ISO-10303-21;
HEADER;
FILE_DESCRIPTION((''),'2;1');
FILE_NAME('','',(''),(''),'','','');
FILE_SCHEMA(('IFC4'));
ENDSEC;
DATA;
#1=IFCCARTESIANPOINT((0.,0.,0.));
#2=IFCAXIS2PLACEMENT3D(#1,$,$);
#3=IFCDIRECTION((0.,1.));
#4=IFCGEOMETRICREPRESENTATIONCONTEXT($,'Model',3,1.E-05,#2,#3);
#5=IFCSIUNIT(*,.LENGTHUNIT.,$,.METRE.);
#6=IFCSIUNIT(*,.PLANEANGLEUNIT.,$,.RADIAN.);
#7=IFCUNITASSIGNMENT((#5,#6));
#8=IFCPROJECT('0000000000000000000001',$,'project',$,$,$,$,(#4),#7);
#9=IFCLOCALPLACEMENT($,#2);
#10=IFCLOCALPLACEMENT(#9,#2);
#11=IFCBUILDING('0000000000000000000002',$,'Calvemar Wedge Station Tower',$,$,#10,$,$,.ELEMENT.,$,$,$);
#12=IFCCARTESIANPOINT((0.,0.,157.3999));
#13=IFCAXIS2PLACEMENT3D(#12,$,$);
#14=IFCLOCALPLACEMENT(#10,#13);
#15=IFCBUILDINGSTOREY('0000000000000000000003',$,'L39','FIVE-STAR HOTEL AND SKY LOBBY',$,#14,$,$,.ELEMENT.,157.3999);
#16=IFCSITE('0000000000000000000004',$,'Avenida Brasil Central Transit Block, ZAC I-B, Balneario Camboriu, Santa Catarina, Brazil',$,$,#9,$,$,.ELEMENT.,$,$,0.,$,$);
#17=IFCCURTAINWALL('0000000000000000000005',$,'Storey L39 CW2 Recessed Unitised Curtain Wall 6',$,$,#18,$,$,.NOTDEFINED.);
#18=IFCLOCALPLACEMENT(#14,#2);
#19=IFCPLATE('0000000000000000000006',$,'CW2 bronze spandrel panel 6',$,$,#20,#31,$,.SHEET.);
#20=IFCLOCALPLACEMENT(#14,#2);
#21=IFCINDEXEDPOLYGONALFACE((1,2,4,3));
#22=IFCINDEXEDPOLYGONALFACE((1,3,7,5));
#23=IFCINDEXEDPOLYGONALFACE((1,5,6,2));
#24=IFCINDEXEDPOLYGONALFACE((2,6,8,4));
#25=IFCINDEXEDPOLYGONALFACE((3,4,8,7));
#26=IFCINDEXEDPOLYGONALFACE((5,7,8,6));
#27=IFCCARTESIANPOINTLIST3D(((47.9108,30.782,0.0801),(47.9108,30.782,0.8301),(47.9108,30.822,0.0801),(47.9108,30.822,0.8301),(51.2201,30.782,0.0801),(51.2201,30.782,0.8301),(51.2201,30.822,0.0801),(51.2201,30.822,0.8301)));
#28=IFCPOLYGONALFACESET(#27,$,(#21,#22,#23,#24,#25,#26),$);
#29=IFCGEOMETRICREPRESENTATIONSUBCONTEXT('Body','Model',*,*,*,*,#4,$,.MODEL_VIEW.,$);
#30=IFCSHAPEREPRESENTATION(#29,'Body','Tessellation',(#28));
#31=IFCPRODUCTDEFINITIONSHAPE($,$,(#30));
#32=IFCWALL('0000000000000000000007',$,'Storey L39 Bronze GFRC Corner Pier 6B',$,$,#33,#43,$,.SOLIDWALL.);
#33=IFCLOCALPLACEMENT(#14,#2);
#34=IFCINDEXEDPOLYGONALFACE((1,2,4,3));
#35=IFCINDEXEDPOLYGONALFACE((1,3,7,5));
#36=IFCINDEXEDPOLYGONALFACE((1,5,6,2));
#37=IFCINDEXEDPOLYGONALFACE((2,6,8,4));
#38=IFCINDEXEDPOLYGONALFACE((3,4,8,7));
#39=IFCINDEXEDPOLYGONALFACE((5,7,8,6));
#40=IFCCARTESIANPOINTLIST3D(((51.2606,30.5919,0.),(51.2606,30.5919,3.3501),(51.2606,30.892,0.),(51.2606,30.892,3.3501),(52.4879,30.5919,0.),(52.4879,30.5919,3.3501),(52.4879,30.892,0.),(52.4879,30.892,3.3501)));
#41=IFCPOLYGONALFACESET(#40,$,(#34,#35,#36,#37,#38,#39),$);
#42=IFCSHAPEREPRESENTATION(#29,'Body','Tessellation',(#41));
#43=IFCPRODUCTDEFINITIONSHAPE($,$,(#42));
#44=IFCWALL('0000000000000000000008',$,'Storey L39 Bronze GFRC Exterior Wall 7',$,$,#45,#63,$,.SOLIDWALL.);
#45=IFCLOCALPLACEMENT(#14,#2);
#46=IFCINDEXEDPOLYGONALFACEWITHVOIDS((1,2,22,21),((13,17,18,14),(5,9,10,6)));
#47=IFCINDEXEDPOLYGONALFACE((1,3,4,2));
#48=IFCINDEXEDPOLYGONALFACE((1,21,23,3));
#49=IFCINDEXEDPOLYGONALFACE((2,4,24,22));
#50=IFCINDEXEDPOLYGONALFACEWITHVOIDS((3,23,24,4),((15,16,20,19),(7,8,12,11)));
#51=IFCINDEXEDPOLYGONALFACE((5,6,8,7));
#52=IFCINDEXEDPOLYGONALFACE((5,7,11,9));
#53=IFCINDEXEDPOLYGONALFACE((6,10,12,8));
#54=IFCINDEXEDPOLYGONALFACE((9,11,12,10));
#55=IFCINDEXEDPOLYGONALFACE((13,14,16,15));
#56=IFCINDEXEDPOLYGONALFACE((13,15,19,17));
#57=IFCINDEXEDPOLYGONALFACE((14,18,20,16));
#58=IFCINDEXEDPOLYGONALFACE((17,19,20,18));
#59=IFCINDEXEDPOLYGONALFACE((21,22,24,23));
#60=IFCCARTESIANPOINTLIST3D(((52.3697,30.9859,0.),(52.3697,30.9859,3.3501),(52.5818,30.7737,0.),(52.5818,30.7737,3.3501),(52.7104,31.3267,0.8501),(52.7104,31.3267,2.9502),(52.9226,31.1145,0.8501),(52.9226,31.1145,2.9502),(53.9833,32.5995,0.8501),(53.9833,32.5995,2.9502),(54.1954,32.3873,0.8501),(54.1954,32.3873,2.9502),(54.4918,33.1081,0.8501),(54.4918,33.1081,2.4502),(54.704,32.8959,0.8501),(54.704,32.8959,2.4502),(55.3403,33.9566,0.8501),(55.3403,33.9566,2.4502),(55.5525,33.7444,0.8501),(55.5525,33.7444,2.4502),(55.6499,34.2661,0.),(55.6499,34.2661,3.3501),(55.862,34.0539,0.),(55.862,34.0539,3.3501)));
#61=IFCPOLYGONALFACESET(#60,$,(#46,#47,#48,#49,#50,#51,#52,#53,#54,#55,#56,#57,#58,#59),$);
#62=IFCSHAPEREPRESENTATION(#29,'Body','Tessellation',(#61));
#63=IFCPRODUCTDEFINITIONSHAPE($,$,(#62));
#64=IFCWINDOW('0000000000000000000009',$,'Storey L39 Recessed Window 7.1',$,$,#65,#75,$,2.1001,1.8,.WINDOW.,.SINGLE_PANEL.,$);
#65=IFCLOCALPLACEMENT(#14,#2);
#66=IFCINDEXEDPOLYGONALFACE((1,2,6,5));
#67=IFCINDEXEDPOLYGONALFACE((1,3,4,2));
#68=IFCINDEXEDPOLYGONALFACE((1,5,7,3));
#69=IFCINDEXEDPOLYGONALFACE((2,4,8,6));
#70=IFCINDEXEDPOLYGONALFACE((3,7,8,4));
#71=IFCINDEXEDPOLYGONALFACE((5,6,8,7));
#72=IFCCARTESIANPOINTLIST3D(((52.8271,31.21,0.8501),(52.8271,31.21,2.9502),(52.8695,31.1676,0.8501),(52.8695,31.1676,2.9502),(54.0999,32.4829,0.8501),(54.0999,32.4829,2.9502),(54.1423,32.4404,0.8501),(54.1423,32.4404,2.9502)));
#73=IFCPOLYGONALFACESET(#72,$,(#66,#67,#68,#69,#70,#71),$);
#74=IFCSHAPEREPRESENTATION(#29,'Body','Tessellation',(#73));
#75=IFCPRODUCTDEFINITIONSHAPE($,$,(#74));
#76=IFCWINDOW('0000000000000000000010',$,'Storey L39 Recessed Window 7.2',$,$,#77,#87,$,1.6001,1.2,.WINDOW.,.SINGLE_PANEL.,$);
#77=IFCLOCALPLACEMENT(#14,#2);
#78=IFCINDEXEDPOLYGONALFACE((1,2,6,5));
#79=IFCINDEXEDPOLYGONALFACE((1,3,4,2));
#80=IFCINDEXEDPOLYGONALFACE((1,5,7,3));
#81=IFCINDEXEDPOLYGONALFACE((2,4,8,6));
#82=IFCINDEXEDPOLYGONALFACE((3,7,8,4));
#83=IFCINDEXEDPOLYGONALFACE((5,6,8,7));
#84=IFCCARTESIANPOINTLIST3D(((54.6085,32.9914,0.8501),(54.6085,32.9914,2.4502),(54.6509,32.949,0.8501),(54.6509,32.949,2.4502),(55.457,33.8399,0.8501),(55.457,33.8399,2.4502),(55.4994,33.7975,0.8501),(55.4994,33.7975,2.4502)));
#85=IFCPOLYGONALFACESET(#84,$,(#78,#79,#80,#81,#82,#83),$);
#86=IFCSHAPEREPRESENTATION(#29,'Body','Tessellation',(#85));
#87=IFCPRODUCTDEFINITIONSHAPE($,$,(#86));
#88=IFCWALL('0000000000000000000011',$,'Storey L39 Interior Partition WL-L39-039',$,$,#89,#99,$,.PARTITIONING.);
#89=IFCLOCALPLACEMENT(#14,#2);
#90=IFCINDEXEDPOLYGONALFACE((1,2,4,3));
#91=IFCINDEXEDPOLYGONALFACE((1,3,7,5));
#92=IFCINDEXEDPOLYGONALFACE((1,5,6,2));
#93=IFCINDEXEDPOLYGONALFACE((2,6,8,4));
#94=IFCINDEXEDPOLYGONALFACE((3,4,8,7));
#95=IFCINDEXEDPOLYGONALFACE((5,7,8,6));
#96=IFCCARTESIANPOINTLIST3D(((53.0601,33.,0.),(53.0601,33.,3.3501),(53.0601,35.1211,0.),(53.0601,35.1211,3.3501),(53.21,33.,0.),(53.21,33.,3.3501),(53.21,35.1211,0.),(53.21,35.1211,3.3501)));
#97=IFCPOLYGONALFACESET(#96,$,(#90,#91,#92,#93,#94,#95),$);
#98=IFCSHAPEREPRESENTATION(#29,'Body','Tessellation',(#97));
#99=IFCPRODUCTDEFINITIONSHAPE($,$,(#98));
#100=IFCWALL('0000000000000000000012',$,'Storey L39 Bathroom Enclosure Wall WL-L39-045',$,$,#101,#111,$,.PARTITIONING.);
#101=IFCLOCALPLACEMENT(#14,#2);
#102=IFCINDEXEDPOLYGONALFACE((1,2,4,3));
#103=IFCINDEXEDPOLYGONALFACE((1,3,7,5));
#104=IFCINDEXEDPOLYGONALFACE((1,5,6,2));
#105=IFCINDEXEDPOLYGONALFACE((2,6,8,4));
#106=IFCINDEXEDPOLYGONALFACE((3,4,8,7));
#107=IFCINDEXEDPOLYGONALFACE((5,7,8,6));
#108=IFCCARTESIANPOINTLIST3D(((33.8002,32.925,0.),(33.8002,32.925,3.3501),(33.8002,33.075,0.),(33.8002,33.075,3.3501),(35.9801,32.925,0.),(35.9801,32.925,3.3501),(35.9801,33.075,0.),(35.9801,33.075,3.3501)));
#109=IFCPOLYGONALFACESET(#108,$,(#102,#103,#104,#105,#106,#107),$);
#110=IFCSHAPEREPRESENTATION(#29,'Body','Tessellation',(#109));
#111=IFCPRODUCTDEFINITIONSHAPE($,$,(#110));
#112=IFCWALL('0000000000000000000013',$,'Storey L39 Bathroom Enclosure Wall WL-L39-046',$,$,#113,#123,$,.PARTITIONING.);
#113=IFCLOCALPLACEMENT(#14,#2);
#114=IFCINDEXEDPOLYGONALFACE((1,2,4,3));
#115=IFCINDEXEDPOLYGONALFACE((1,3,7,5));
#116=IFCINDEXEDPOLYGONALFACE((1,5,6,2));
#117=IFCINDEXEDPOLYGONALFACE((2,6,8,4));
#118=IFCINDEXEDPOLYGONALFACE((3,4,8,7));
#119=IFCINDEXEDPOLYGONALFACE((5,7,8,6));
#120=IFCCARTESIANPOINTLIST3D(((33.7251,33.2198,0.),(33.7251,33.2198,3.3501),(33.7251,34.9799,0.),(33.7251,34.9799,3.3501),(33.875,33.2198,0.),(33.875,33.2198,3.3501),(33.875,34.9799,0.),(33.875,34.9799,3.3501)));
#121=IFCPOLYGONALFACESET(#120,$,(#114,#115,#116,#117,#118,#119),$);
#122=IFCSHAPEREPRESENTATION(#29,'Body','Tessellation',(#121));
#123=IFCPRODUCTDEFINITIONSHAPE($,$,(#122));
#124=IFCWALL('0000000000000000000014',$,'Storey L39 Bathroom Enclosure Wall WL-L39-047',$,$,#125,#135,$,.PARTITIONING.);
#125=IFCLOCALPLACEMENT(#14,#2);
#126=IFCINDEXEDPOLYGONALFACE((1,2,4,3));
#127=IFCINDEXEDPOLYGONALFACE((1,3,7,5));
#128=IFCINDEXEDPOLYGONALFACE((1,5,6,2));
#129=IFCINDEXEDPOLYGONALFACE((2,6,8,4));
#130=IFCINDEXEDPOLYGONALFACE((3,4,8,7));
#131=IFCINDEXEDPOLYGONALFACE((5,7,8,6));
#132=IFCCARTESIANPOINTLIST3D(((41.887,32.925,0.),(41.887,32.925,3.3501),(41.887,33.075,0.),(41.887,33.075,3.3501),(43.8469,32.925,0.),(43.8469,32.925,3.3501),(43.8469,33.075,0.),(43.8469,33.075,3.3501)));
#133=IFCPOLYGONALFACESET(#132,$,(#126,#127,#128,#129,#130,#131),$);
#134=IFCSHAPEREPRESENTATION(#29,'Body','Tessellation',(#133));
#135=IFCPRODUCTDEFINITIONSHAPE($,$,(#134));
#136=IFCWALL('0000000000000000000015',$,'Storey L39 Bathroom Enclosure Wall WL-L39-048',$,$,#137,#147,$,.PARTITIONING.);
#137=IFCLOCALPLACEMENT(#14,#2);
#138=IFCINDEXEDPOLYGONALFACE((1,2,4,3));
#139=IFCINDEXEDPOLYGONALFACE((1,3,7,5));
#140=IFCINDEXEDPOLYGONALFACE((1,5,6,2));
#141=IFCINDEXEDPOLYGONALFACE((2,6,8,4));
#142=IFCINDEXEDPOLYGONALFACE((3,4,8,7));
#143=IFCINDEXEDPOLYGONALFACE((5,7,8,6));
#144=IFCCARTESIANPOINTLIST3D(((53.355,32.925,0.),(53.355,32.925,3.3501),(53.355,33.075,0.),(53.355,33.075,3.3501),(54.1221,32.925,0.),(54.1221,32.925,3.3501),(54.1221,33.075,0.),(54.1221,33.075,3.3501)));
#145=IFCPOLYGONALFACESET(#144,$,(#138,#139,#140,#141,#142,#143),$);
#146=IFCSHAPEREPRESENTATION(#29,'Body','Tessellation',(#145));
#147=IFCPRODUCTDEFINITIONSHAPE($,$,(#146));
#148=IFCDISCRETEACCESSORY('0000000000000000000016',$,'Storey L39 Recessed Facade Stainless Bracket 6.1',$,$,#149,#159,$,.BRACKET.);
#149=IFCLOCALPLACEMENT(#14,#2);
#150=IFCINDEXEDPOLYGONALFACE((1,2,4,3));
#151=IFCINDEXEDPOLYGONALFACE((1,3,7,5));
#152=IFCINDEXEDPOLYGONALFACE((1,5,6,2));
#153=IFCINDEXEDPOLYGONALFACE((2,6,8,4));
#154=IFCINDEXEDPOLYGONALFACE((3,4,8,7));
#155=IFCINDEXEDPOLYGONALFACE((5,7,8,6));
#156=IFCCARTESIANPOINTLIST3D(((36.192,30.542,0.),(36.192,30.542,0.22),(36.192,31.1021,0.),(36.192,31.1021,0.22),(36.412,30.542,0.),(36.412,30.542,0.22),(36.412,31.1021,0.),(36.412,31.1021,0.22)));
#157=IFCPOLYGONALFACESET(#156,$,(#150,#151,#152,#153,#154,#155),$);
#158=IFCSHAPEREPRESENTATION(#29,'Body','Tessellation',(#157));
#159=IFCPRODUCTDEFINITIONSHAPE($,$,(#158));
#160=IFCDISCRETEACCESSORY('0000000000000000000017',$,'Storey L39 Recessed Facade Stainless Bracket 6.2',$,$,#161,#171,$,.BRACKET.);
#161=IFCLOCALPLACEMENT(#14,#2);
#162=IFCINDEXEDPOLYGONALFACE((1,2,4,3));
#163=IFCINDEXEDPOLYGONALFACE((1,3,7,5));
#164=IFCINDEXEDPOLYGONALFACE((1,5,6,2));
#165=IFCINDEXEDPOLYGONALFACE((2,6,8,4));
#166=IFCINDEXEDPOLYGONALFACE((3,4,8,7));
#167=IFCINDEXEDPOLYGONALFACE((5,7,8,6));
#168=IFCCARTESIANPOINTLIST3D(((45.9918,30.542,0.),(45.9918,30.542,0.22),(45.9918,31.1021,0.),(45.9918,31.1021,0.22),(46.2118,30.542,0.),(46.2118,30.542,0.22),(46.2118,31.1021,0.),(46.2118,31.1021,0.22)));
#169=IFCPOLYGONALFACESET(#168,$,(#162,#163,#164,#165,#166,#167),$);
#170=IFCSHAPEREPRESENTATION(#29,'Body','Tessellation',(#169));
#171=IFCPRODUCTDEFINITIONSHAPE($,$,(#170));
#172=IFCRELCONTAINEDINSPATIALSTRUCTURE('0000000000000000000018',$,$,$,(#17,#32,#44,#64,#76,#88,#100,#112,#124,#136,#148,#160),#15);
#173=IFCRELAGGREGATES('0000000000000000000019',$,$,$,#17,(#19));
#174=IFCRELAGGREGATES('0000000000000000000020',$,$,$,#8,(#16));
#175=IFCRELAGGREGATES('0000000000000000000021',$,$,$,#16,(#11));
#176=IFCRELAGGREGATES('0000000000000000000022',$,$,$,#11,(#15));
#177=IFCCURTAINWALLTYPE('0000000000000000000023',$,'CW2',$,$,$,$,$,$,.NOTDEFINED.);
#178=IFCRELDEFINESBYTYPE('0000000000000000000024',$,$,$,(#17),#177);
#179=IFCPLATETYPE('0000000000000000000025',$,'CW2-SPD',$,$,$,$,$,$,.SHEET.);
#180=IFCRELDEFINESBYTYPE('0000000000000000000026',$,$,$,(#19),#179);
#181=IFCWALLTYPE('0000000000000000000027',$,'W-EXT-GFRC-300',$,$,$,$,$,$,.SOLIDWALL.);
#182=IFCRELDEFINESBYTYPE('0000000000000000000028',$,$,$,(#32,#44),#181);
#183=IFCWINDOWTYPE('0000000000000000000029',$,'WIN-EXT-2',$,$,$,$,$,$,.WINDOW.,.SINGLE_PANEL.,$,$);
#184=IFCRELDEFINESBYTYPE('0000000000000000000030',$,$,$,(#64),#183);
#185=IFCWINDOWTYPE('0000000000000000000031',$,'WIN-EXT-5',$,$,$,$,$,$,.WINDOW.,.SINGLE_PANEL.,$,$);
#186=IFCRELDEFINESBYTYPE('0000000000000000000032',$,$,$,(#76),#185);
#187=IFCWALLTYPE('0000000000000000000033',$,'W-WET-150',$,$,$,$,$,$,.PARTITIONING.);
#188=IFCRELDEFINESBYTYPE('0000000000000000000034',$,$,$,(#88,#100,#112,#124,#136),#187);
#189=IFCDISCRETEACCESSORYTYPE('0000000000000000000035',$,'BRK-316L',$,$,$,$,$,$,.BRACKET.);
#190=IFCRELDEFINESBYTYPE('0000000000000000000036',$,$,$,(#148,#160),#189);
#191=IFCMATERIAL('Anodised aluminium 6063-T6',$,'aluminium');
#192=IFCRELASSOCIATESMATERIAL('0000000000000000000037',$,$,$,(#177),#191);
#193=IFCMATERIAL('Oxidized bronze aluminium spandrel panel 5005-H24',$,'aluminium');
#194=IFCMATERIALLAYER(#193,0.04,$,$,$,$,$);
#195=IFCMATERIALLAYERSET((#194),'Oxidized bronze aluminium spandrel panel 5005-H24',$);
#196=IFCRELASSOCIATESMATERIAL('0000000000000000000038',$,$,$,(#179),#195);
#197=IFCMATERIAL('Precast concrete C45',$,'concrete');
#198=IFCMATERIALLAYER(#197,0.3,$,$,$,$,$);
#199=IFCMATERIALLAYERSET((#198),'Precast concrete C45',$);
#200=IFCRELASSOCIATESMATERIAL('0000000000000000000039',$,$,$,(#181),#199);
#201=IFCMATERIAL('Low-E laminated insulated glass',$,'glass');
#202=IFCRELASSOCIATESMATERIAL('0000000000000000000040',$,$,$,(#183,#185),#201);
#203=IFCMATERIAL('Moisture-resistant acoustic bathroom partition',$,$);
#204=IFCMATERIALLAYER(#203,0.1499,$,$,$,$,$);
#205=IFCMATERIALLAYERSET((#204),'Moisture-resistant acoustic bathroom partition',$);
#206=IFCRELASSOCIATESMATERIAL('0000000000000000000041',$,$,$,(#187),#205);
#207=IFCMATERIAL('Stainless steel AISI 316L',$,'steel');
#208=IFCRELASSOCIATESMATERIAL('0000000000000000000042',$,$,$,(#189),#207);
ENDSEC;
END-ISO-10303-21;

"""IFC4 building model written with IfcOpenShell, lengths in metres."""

from ifc_helpers import new_model, si_unit, direction, frame, frame_2d, origin, origin_2d, place, context, subcontext, project, spatial, rectangle, extrude, source, transform, mapped, material, layer, layer_set, type_object, element, fill, aggregate, save


model = new_model("IFC4")

# Units and contexts
model_context = context("Model", 3, precision=1e-05, world=origin(), true_north=direction((0.0, 1.0)))
body_context = subcontext(model_context, "Body", "Model", "MODEL_VIEW")
ifc_project = project(units=[si_unit("LENGTHUNIT", "METRE"), si_unit("PLANEANGLEUNIT", "RADIAN")], contexts=[model_context])

# Site, building, storey
site_placement = place(None, origin())
site = spatial("IfcSite", under=ifc_project, at=site_placement, Name="Avenida Brasil Central Transit Block, ZAC I-B, Balneario Camboriu, Santa Catarina, Brazil", CompositionType="ELEMENT", RefElevation=0.0)
building_placement = place(site_placement, origin())
building = spatial("IfcBuilding", under=site, at=building_placement, Name="Calvemar Wedge Station Tower", CompositionType="ELEMENT")
storey_placement = place(building_placement, frame((0.0, 0.0, 157.3999)))
storey = spatial("IfcBuildingStorey", under=building, at=storey_placement, Name="L39", Description="FIVE-STAR HOTEL AND SKY LOBBY", CompositionType="ELEMENT", Elevation=157.3999)

# Curtain wall, plate
ifc_material_1 = material(Name="Anodised aluminium 6063-T6", Category="aluminium")
curtain_wall_type = type_object("IfcCurtainWallType", Name="CW2", PredefinedType="NOTDEFINED", material=ifc_material_1)
curtain_wall_placement = place(storey_placement, origin())
curtain_wall = element("IfcCurtainWall", 1, at=curtain_wall_placement, inside=storey, type_object=curtain_wall_type, Name="Storey L39 CW2 Recessed Unitised Curtain Wall 6", PredefinedType="NOTDEFINED")
ifc_material_2 = material(Name="Low-E laminated insulated glass", Category="glass")
ifc_material_3 = material(Name="Oxidized bronze aluminium spandrel panel 5005-H24", Category="aluminium")
ifc_layer_1 = layer(ifc_material_3, 0.04)
ifc_layer_set_1 = layer_set([ifc_layer_1], Name="Oxidized bronze aluminium spandrel panel 5005-H24")
plate_type_1 = type_object("IfcPlateType", Name="CW2-SPD", PredefinedType="SHEET", material=ifc_layer_set_1)
plate_1_placement = place(storey_placement, frame((47.9106, 30.802, 0.0801), z_axis=(0.0, 0.0, 1.0), x_axis=(1.0, 0.0, 0.0)))
plate_1 = element("IfcPlate", 2, at=plate_1_placement, type_object=plate_type_1, Name="CW2 bronze spandrel panel 6", PredefinedType="SHEET", context=body_context, shape_type="SweptSolid", body=[
    extrude(rectangle(XDim=3.3093, YDim=0.04, at=frame_2d((1.6548, 0.0))), origin(), (0.0, 0.0, 1.0), 0.75),
])
aggregate(curtain_wall, [plate_1])

# Wall
ifc_material_4 = material(Name="Precast concrete C45", Category="concrete")
ifc_layer_2 = layer(ifc_material_4, 0.3)
ifc_layer_set_2 = layer_set([ifc_layer_2], Name="Precast concrete C45")
wall_type_1 = type_object("IfcWallType", Name="W-EXT-GFRC-300", PredefinedType="SOLIDWALL", material=ifc_layer_set_2)
wall_1_placement = place(storey_placement, frame((51.2605, 30.7419, 0.0), z_axis=(0.0, 0.0, 1.0), x_axis=(1.0, 0.0, 0.0)))
element("IfcWall", 3, at=wall_1_placement, inside=storey, type_object=wall_type_1, Name="Storey L39 Bronze GFRC Corner Pier 6B", PredefinedType="SOLIDWALL", context=body_context, shape_type="SweptSolid", body=[
    extrude(rectangle(XDim=1.2273, YDim=0.3, at=frame_2d((0.6138, 0.0))), origin(), (0.0, 0.0, 1.0), 3.3501),
])

# Wall, openings, windows
wall_2_placement = place(storey_placement, frame((52.4758, 30.8799, 0.0), z_axis=(0.0, 0.0, 1.0), x_axis=(0.707107, 0.707107, 0.0)))
wall_2 = element("IfcWall", 4, at=wall_2_placement, inside=storey, type_object=wall_type_1, Name="Storey L39 Bronze GFRC Exterior Wall 7", PredefinedType="SOLIDWALL", context=body_context, shape_type="SweptSolid", body=[
    extrude(rectangle(XDim=4.6389, YDim=0.3, at=frame_2d((2.3193, 0.0))), origin(), (0.0, 0.0, 1.0), 3.3501),
])
shared_shape_1 = source(origin(), body_context, "Body", "SweptSolid", [
    extrude(rectangle(XDim=1.8, YDim=2.1001, at=frame_2d((0.8999, 1.05))), frame((0.0, 0.1602, 0.0), z_axis=(0.0, -1.0, 0.0), x_axis=(1.0, 0.0, 0.0)), (0.0, 0.0, 1.0), 0.3201),
])
opening_1_placement = place(wall_2_placement, frame((0.4819, 0.0, 0.8501)))
opening_1 = element("IfcOpeningElement", 5, at=opening_1_placement, cuts=wall_2, PredefinedType="OPENING", context=body_context, shape_type="MappedRepresentation", body=[
    mapped(shared_shape_1, transform((0.0, 0.0, 0.0), scale=1.0)),
])
shared_shape_2 = source(origin(), body_context, "Body", "SweptSolid", [
    extrude(rectangle(XDim=1.2, YDim=1.6001, at=frame_2d((0.6001, 0.8))), frame((0.0, 0.1602, 0.0), z_axis=(0.0, -1.0, 0.0), x_axis=(1.0, 0.0, 0.0)), (0.0, 0.0, 1.0), 0.3201),
])
opening_2_placement = place(wall_2_placement, frame((3.001, 0.0, 0.8501)))
opening_2 = element("IfcOpeningElement", 6, at=opening_2_placement, cuts=wall_2, PredefinedType="OPENING", context=body_context, shape_type="MappedRepresentation", body=[
    mapped(shared_shape_2, transform((0.0, 0.0, 0.0), scale=1.0)),
])
window_type_1 = type_object("IfcWindowType", Name="WIN-EXT-2", PartitioningType="SINGLE_PANEL", PredefinedType="WINDOW", material=ifc_material_2)
shared_shape_3 = source(origin(), body_context, "Body", "SweptSolid", [
    extrude(rectangle(XDim=1.8, YDim=2.1001, at=frame_2d((0.8999, 1.05))), frame((0.0, -0.0149, 0.0), z_axis=(0.0, -1.0, 0.0), x_axis=(1.0, 0.0, 0.0)), (0.0, 0.0, 1.0), 0.0601),
])
window_1_placement = place(opening_1_placement, origin())
window_1 = element("IfcWindow", 7, at=window_1_placement, inside=storey, type_object=window_type_1, Name="Storey L39 Recessed Window 7.1", OverallHeight=2.1001, OverallWidth=1.8, PartitioningType="SINGLE_PANEL", PredefinedType="WINDOW", context=body_context, shape_type="MappedRepresentation", body=[
    mapped(shared_shape_3, transform((0.0, 0.0, 0.0), scale=1.0)),
])
fill(opening_1, window_1)
window_type_2 = type_object("IfcWindowType", Name="WIN-EXT-5", PartitioningType="SINGLE_PANEL", PredefinedType="WINDOW", material=ifc_material_2)
shared_shape_4 = source(origin(), body_context, "Body", "SweptSolid", [
    extrude(rectangle(XDim=1.2, YDim=1.6001, at=frame_2d((0.6001, 0.8))), frame((0.0, -0.0149, 0.0), z_axis=(0.0, -1.0, 0.0), x_axis=(1.0, 0.0, 0.0)), (0.0, 0.0, 1.0), 0.0601),
])
window_2_placement = place(opening_2_placement, origin())
window_2 = element("IfcWindow", 8, at=window_2_placement, inside=storey, type_object=window_type_2, Name="Storey L39 Recessed Window 7.2", OverallHeight=1.6001, OverallWidth=1.2, PartitioningType="SINGLE_PANEL", PredefinedType="WINDOW", context=body_context, shape_type="MappedRepresentation", body=[
    mapped(shared_shape_4, transform((0.0, 0.0, 0.0), scale=1.0)),
])
fill(opening_2, window_2)

# Walls
ifc_material_5 = material(Name="Moisture-resistant acoustic bathroom partition")
ifc_layer_3 = layer(ifc_material_5, 0.1499)
ifc_layer_set_3 = layer_set([ifc_layer_3], Name="Moisture-resistant acoustic bathroom partition")
wall_type_2 = type_object("IfcWallType", Name="W-WET-150", PredefinedType="PARTITIONING", material=ifc_layer_set_3)
wall_3_placement = place(storey_placement, frame((53.135, 33.0, 0.0), z_axis=(0.0, 0.0, 1.0), x_axis=(0.0, 1.0, 0.0)))
element("IfcWall", 9, at=wall_3_placement, inside=storey, type_object=wall_type_2, Name="Storey L39 Interior Partition WL-L39-039", PredefinedType="PARTITIONING", context=body_context, shape_type="SweptSolid", body=[
    extrude(rectangle(XDim=2.1211, YDim=0.1499, at=frame_2d((1.0605, 0.0))), origin(), (0.0, 0.0, 1.0), 3.3501),
])
wall_4_placement = place(storey_placement, frame((35.98, 33.0, 0.0), z_axis=(0.0, 0.0, 1.0), x_axis=(-1.0, 0.0, 0.0)))
element("IfcWall", 10, at=wall_4_placement, inside=storey, type_object=wall_type_2, Name="Storey L39 Bathroom Enclosure Wall WL-L39-045", PredefinedType="PARTITIONING", context=body_context, shape_type="SweptSolid", body=[
    extrude(rectangle(XDim=2.1799, YDim=0.1499, at=frame_2d((1.0898, 0.0))), origin(), (0.0, 0.0, 1.0), 3.3501),
])
wall_5_placement = place(storey_placement, frame((33.8, 33.22, 0.0), z_axis=(0.0, 0.0, 1.0), x_axis=(0.0, 1.0, 0.0)))
element("IfcWall", 11, at=wall_5_placement, inside=storey, type_object=wall_type_2, Name="Storey L39 Bathroom Enclosure Wall WL-L39-046", PredefinedType="PARTITIONING", context=body_context, shape_type="SweptSolid", body=[
    extrude(rectangle(XDim=1.76, YDim=0.1499, at=frame_2d((0.8799, 0.0))), origin(), (0.0, 0.0, 1.0), 3.3501),
])
wall_6_placement = place(storey_placement, frame((43.8469, 33.0, 0.0), z_axis=(0.0, 0.0, 1.0), x_axis=(-1.0, 0.0, 0.0)))
element("IfcWall", 12, at=wall_6_placement, inside=storey, type_object=wall_type_2, Name="Storey L39 Bathroom Enclosure Wall WL-L39-047", PredefinedType="PARTITIONING", context=body_context, shape_type="SweptSolid", body=[
    extrude(rectangle(XDim=1.96, YDim=0.1499, at=frame_2d((0.98, 0.0))), origin(), (0.0, 0.0, 1.0), 3.3501),
])
wall_7_placement = place(storey_placement, frame((54.1221, 33.0, 0.0), z_axis=(0.0, 0.0, 1.0), x_axis=(-1.0, 0.0, 0.0)))
element("IfcWall", 13, at=wall_7_placement, inside=storey, type_object=wall_type_2, Name="Storey L39 Bathroom Enclosure Wall WL-L39-048", PredefinedType="PARTITIONING", context=body_context, shape_type="SweptSolid", body=[
    extrude(rectangle(XDim=0.7671, YDim=0.1499, at=frame_2d((0.3835, 0.0))), origin(), (0.0, 0.0, 1.0), 3.3501),
])

# Discrete accessories
ifc_material_6 = material(Name="Stainless steel AISI 316L", Category="steel")
discrete_accessory_type = type_object("IfcDiscreteAccessoryType", Name="BRK-316L", PredefinedType="BRACKET", material=ifc_material_6)
shared_shape_5 = source(origin(), body_context, "Body", "SweptSolid", [
    extrude(rectangle(XDim=0.22, YDim=0.5601, at=origin_2d()), origin(), (0.0, 0.0, 1.0), 0.22),
])
for number, where, z_axis, x_axis, name in (
    (14, (36.302, 30.822, 0.0), (0.0, 0.0, 1.0), (1.0, 0.0, 0.0), "Storey L39 Recessed Facade Stainless Bracket 6.1"),
    (15, (46.1018, 30.822, 0.0), (0.0, 0.0, 1.0), (1.0, 0.0, 0.0), "Storey L39 Recessed Facade Stainless Bracket 6.2"),
):
    element("IfcDiscreteAccessory", number, at=place(storey_placement, frame(where, z_axis=z_axis, x_axis=x_axis)), inside=storey, type_object=discrete_accessory_type, Name=name, PredefinedType="BRACKET", context=body_context, shape_type="MappedRepresentation", body=[
        mapped(shared_shape_5, transform((0.0, 0.0, 0.0), scale=1.0)),
    ])

save(model, "model.ifc")
